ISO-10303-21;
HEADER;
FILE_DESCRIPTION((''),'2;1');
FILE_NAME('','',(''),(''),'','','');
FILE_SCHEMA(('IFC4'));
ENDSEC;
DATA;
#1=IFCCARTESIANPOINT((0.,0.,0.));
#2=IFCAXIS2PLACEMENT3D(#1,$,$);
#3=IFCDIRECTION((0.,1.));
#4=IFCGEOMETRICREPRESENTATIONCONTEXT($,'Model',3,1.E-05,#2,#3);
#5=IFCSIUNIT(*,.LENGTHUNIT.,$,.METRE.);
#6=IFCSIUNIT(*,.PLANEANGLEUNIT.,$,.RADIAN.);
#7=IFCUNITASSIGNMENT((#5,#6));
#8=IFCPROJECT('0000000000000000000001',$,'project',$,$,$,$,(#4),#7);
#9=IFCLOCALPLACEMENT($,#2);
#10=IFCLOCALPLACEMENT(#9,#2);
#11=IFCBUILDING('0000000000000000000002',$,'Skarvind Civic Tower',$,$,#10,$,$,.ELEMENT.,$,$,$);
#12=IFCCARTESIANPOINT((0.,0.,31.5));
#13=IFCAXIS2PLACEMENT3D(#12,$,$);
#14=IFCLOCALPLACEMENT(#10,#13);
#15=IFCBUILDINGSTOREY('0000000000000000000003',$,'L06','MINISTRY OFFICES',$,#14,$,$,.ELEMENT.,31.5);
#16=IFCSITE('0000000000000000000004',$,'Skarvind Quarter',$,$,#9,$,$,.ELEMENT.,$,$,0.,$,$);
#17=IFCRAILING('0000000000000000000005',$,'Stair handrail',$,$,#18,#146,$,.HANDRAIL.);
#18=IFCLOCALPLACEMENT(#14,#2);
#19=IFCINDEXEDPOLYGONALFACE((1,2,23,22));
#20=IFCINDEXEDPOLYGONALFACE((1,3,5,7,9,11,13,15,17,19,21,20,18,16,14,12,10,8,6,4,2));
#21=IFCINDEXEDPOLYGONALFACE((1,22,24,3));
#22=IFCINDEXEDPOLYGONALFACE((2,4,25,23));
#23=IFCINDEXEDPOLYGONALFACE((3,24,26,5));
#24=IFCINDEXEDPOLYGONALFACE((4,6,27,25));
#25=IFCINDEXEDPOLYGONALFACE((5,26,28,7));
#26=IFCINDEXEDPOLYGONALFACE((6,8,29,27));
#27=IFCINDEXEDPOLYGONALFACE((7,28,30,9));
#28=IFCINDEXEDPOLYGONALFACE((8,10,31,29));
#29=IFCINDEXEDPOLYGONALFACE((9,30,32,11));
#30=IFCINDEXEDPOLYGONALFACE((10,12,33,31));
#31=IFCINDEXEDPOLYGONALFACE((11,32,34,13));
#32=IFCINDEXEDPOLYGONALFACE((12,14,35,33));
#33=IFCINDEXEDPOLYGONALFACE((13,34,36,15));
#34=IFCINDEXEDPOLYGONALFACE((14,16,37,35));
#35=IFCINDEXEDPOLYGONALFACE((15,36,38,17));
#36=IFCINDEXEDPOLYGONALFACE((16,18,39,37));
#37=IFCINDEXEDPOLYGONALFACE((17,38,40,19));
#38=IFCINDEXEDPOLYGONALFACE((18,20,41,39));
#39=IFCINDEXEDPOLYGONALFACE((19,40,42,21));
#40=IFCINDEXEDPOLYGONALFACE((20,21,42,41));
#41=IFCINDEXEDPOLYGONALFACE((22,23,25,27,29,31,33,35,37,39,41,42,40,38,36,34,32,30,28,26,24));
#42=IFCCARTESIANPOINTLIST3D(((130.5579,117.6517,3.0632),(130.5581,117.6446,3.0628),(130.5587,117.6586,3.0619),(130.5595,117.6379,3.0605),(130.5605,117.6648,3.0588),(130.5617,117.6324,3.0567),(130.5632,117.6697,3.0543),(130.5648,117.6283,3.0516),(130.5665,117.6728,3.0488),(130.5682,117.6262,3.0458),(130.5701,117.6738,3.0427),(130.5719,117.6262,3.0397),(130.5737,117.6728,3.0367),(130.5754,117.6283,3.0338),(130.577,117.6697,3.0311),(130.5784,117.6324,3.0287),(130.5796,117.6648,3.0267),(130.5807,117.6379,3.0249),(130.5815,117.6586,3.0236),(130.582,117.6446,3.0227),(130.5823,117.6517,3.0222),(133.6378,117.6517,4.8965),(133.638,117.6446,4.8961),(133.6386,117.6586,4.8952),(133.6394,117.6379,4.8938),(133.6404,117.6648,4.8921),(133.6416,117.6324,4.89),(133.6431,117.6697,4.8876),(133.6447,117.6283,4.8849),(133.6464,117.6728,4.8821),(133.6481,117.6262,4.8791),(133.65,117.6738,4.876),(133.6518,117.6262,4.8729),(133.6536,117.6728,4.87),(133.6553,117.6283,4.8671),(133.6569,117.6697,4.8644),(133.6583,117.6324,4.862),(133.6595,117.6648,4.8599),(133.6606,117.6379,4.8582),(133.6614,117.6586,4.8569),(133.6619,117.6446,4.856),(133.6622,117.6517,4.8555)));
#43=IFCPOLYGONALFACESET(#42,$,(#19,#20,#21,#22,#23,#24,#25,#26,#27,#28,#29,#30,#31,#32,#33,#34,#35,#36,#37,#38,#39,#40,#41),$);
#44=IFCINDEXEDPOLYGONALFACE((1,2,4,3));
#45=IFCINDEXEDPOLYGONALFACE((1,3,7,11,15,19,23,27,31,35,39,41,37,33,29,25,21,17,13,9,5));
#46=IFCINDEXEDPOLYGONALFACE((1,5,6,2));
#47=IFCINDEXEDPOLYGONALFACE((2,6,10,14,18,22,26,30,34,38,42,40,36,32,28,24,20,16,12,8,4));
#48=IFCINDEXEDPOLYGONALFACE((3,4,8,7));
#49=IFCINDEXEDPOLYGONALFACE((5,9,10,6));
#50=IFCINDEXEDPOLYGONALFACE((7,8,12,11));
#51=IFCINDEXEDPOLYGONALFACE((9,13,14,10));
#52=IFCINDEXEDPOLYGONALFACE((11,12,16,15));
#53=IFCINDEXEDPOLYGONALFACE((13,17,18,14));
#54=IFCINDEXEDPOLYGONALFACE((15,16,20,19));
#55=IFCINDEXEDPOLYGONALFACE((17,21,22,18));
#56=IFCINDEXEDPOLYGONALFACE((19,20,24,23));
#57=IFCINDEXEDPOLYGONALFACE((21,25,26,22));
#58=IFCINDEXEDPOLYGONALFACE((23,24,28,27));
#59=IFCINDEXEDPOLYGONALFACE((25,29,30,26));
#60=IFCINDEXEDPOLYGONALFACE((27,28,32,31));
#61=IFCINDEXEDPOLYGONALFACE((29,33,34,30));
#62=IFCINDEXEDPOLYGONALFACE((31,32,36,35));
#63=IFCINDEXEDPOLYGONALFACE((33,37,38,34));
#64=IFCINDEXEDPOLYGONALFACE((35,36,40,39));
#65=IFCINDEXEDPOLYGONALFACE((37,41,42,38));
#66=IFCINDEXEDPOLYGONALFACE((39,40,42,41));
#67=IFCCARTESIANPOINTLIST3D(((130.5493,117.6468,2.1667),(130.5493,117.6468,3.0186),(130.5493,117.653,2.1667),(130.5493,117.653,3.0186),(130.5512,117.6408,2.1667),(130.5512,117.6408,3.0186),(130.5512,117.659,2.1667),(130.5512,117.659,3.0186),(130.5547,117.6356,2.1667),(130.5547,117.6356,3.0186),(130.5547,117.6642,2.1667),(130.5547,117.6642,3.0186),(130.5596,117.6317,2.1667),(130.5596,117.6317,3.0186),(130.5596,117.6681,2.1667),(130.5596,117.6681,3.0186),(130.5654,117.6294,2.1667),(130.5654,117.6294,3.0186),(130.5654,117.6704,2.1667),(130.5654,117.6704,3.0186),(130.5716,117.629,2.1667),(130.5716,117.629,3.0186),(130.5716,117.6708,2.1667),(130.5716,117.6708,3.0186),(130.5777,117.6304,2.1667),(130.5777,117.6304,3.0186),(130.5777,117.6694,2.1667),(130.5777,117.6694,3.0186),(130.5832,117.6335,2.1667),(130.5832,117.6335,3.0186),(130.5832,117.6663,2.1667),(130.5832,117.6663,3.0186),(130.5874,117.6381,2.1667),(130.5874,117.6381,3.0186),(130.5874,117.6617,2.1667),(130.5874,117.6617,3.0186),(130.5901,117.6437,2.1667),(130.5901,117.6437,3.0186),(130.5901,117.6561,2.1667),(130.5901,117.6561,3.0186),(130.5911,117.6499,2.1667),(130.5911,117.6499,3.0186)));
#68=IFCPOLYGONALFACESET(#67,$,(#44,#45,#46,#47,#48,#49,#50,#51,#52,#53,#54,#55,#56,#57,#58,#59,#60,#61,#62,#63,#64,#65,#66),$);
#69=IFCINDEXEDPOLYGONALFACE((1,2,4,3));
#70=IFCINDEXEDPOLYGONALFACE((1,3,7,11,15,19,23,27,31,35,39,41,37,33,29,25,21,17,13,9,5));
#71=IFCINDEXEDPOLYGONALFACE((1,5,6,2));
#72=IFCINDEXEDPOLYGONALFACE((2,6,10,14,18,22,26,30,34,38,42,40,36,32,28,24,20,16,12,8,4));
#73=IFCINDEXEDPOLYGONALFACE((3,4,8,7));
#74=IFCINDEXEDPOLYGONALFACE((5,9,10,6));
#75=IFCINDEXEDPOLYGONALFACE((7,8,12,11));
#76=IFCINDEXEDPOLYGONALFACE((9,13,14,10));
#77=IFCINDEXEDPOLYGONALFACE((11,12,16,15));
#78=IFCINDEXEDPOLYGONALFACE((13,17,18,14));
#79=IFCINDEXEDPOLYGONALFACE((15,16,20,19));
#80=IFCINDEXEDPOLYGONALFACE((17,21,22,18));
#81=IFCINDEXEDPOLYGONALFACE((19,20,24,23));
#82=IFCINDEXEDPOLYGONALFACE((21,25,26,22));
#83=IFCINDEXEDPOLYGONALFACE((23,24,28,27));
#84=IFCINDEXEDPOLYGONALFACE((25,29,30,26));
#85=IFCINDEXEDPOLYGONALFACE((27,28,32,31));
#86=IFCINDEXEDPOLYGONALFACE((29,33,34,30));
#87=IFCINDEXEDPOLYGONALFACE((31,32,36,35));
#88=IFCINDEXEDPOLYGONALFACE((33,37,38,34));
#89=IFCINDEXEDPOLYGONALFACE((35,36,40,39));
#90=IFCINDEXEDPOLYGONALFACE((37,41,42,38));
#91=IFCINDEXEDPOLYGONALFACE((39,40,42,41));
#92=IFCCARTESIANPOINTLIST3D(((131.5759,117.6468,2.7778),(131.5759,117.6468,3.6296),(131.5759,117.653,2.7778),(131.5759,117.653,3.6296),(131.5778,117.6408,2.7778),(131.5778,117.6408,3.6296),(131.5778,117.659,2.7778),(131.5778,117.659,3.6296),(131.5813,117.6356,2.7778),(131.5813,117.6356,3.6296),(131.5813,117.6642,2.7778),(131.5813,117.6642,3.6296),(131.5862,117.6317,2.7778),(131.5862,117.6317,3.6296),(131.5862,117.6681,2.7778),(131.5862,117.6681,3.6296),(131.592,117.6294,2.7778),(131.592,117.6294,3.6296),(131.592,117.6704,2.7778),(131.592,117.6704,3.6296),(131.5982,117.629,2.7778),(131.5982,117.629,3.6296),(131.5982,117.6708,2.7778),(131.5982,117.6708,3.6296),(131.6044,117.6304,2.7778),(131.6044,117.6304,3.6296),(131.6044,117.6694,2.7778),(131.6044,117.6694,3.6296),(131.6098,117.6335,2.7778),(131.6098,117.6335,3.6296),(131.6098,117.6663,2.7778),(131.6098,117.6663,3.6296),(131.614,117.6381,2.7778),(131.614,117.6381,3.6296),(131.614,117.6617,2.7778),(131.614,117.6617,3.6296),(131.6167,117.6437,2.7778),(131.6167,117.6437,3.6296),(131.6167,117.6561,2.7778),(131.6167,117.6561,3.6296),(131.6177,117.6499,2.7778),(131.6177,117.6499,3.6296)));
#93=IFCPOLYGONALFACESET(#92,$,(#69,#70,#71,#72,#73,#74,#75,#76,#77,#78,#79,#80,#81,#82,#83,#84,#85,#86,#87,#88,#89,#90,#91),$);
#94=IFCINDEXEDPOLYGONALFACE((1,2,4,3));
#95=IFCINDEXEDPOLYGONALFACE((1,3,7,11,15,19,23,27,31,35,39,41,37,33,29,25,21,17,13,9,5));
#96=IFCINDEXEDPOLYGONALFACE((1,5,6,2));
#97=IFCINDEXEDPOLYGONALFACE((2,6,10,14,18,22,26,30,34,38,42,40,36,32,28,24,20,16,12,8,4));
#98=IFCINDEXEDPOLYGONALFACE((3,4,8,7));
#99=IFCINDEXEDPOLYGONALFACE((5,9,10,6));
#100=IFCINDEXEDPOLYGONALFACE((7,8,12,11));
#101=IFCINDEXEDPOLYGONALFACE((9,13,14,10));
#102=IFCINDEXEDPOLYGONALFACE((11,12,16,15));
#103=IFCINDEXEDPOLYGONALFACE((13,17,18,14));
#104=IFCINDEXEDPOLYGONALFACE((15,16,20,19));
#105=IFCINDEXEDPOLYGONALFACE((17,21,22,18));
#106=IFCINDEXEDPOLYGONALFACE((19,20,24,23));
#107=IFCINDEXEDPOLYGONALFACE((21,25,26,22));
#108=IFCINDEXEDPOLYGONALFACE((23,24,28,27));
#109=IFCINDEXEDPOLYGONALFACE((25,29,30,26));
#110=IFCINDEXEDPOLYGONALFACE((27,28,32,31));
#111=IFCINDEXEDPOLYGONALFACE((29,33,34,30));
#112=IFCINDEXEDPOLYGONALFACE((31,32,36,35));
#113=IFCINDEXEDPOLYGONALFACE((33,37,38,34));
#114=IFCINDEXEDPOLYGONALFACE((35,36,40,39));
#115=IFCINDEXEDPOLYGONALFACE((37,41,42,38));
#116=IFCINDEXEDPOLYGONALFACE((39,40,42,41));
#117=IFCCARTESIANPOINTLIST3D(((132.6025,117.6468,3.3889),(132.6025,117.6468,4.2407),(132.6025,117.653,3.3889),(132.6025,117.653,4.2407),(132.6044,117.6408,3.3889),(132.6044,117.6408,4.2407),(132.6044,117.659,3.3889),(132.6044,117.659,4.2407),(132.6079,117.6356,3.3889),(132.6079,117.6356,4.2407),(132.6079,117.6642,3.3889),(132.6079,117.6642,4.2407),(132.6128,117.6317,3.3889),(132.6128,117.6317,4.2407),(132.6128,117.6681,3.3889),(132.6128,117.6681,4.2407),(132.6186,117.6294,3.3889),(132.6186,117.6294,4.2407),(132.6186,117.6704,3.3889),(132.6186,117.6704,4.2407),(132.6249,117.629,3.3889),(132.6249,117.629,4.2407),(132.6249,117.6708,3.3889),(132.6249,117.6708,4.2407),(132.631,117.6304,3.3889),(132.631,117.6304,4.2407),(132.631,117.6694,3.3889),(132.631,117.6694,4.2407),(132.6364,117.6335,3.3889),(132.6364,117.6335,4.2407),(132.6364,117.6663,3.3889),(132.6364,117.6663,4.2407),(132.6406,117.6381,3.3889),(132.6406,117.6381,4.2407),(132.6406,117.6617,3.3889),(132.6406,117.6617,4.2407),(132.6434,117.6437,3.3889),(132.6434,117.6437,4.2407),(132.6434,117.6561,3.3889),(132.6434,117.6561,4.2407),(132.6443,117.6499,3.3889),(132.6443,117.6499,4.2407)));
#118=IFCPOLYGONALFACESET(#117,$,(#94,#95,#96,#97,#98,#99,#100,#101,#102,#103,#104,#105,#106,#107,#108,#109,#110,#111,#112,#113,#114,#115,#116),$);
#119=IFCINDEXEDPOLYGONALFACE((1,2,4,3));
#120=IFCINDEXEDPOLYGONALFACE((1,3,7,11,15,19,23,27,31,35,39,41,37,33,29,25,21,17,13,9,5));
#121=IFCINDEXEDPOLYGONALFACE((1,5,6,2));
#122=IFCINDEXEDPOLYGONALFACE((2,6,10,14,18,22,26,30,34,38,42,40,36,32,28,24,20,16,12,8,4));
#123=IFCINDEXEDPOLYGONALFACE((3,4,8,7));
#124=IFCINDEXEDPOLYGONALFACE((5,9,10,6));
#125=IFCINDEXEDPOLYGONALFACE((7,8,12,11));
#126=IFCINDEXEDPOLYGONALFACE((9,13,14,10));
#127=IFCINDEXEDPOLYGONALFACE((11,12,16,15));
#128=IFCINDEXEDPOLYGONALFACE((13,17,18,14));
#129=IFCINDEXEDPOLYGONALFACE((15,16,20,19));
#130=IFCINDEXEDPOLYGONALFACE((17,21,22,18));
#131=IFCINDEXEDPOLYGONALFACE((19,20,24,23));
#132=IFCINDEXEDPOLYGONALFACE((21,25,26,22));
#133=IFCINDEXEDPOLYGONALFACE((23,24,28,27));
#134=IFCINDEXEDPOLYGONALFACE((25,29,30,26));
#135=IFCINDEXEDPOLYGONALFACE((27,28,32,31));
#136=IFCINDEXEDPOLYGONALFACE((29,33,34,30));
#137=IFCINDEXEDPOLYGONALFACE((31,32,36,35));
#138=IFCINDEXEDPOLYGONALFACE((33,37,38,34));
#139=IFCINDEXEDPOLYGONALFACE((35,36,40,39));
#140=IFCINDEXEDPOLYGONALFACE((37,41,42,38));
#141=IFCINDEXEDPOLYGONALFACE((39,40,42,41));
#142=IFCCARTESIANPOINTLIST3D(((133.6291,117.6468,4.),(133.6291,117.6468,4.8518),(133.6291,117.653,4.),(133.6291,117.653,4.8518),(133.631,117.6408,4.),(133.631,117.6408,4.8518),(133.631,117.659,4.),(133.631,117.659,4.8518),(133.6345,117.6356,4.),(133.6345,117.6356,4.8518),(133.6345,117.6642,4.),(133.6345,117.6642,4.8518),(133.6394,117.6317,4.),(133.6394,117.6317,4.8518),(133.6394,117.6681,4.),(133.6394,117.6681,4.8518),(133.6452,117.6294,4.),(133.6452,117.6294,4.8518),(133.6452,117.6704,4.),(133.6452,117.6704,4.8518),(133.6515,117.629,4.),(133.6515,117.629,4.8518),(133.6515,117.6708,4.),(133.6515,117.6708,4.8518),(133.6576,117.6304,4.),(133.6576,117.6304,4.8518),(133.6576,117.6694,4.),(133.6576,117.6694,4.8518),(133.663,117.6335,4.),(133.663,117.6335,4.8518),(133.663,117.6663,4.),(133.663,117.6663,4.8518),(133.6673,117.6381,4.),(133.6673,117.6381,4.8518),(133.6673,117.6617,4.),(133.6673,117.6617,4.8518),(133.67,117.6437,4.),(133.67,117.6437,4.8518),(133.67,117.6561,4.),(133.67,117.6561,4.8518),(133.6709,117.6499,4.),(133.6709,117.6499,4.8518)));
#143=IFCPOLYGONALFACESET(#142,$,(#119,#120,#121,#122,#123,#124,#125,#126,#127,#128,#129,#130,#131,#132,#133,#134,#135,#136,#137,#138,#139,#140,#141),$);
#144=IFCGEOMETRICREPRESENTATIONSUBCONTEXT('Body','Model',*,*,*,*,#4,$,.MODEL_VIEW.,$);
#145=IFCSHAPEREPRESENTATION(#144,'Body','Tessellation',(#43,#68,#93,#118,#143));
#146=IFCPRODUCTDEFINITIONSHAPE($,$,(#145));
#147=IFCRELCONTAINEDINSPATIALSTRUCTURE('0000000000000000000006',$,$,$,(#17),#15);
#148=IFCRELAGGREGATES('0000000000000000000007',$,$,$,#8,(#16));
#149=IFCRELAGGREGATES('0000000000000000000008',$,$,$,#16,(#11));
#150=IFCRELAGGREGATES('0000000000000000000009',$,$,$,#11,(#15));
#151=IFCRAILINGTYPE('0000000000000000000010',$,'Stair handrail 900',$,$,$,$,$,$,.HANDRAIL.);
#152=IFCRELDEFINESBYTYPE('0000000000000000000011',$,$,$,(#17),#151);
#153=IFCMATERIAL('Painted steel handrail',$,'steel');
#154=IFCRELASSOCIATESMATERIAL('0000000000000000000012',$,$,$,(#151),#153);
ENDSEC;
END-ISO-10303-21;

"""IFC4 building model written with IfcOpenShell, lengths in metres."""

from ifc_helpers import new_model, si_unit, direction, frame, origin, origin_2d, place, context, subcontext, project, spatial, circle, extrude, material, type_object, element, save


model = new_model("IFC4")

# Units and contexts
model_context = context("Model", 3, precision=1e-05, world=origin(), true_north=direction((0.0, 1.0)))
body_context = subcontext(model_context, "Body", "Model", "MODEL_VIEW")
ifc_project = project(units=[si_unit("LENGTHUNIT", "METRE"), si_unit("PLANEANGLEUNIT", "RADIAN")], contexts=[model_context])

# Site, building, storey
site_placement = place(None, origin())
site = spatial("IfcSite", under=ifc_project, at=site_placement, Name="Skarvind Quarter", CompositionType="ELEMENT", RefElevation=0.0)
building_placement = place(site_placement, origin())
building = spatial("IfcBuilding", under=site, at=building_placement, Name="Skarvind Civic Tower", CompositionType="ELEMENT")
storey_placement = place(building_placement, frame((0.0, 0.0, 31.5)))
storey = spatial("IfcBuildingStorey", under=building, at=storey_placement, Name="L06", Description="MINISTRY OFFICES", CompositionType="ELEMENT", Elevation=31.5)

# Railing
ifc_material_1 = material(Name="Painted steel handrail", Category="steel")
railing_type = type_object("IfcRailingType", Name="Stair handrail 900", PredefinedType="HANDRAIL", material=ifc_material_1)
railing_placement = place(storey_placement, frame((130.5701, 117.6499, 2.1667)))
element("IfcRailing", 1, at=railing_placement, inside=storey, type_object=railing_type, Name="Stair handrail", PredefinedType="HANDRAIL", context=body_context, shape_type="SweptSolid", body=[
    extrude(circle(Radius=0.0239, at=origin_2d()), frame((0.0, 0.0, 0.876), z_axis=(0.859291, 0.0, 0.511487), x_axis=(0.0, 1.0, 0.0)), (0.0, 0.0, 1.0), 3.5842),
    extrude(circle(Radius=0.021, at=origin_2d()), origin(), (0.0, 0.0, 1.0), 0.8518),
    extrude(circle(Radius=0.021, at=origin_2d()), frame((1.0266, 0.0, 0.6111)), (0.0, 0.0, 1.0), 0.8518),
    extrude(circle(Radius=0.021, at=origin_2d()), frame((2.0532, 0.0, 1.2222)), (0.0, 0.0, 1.0), 0.8518),
    extrude(circle(Radius=0.021, at=origin_2d()), frame((3.0798, 0.0, 1.8333)), (0.0, 0.0, 1.0), 0.8518),
])

save(model, "model.ifc")
